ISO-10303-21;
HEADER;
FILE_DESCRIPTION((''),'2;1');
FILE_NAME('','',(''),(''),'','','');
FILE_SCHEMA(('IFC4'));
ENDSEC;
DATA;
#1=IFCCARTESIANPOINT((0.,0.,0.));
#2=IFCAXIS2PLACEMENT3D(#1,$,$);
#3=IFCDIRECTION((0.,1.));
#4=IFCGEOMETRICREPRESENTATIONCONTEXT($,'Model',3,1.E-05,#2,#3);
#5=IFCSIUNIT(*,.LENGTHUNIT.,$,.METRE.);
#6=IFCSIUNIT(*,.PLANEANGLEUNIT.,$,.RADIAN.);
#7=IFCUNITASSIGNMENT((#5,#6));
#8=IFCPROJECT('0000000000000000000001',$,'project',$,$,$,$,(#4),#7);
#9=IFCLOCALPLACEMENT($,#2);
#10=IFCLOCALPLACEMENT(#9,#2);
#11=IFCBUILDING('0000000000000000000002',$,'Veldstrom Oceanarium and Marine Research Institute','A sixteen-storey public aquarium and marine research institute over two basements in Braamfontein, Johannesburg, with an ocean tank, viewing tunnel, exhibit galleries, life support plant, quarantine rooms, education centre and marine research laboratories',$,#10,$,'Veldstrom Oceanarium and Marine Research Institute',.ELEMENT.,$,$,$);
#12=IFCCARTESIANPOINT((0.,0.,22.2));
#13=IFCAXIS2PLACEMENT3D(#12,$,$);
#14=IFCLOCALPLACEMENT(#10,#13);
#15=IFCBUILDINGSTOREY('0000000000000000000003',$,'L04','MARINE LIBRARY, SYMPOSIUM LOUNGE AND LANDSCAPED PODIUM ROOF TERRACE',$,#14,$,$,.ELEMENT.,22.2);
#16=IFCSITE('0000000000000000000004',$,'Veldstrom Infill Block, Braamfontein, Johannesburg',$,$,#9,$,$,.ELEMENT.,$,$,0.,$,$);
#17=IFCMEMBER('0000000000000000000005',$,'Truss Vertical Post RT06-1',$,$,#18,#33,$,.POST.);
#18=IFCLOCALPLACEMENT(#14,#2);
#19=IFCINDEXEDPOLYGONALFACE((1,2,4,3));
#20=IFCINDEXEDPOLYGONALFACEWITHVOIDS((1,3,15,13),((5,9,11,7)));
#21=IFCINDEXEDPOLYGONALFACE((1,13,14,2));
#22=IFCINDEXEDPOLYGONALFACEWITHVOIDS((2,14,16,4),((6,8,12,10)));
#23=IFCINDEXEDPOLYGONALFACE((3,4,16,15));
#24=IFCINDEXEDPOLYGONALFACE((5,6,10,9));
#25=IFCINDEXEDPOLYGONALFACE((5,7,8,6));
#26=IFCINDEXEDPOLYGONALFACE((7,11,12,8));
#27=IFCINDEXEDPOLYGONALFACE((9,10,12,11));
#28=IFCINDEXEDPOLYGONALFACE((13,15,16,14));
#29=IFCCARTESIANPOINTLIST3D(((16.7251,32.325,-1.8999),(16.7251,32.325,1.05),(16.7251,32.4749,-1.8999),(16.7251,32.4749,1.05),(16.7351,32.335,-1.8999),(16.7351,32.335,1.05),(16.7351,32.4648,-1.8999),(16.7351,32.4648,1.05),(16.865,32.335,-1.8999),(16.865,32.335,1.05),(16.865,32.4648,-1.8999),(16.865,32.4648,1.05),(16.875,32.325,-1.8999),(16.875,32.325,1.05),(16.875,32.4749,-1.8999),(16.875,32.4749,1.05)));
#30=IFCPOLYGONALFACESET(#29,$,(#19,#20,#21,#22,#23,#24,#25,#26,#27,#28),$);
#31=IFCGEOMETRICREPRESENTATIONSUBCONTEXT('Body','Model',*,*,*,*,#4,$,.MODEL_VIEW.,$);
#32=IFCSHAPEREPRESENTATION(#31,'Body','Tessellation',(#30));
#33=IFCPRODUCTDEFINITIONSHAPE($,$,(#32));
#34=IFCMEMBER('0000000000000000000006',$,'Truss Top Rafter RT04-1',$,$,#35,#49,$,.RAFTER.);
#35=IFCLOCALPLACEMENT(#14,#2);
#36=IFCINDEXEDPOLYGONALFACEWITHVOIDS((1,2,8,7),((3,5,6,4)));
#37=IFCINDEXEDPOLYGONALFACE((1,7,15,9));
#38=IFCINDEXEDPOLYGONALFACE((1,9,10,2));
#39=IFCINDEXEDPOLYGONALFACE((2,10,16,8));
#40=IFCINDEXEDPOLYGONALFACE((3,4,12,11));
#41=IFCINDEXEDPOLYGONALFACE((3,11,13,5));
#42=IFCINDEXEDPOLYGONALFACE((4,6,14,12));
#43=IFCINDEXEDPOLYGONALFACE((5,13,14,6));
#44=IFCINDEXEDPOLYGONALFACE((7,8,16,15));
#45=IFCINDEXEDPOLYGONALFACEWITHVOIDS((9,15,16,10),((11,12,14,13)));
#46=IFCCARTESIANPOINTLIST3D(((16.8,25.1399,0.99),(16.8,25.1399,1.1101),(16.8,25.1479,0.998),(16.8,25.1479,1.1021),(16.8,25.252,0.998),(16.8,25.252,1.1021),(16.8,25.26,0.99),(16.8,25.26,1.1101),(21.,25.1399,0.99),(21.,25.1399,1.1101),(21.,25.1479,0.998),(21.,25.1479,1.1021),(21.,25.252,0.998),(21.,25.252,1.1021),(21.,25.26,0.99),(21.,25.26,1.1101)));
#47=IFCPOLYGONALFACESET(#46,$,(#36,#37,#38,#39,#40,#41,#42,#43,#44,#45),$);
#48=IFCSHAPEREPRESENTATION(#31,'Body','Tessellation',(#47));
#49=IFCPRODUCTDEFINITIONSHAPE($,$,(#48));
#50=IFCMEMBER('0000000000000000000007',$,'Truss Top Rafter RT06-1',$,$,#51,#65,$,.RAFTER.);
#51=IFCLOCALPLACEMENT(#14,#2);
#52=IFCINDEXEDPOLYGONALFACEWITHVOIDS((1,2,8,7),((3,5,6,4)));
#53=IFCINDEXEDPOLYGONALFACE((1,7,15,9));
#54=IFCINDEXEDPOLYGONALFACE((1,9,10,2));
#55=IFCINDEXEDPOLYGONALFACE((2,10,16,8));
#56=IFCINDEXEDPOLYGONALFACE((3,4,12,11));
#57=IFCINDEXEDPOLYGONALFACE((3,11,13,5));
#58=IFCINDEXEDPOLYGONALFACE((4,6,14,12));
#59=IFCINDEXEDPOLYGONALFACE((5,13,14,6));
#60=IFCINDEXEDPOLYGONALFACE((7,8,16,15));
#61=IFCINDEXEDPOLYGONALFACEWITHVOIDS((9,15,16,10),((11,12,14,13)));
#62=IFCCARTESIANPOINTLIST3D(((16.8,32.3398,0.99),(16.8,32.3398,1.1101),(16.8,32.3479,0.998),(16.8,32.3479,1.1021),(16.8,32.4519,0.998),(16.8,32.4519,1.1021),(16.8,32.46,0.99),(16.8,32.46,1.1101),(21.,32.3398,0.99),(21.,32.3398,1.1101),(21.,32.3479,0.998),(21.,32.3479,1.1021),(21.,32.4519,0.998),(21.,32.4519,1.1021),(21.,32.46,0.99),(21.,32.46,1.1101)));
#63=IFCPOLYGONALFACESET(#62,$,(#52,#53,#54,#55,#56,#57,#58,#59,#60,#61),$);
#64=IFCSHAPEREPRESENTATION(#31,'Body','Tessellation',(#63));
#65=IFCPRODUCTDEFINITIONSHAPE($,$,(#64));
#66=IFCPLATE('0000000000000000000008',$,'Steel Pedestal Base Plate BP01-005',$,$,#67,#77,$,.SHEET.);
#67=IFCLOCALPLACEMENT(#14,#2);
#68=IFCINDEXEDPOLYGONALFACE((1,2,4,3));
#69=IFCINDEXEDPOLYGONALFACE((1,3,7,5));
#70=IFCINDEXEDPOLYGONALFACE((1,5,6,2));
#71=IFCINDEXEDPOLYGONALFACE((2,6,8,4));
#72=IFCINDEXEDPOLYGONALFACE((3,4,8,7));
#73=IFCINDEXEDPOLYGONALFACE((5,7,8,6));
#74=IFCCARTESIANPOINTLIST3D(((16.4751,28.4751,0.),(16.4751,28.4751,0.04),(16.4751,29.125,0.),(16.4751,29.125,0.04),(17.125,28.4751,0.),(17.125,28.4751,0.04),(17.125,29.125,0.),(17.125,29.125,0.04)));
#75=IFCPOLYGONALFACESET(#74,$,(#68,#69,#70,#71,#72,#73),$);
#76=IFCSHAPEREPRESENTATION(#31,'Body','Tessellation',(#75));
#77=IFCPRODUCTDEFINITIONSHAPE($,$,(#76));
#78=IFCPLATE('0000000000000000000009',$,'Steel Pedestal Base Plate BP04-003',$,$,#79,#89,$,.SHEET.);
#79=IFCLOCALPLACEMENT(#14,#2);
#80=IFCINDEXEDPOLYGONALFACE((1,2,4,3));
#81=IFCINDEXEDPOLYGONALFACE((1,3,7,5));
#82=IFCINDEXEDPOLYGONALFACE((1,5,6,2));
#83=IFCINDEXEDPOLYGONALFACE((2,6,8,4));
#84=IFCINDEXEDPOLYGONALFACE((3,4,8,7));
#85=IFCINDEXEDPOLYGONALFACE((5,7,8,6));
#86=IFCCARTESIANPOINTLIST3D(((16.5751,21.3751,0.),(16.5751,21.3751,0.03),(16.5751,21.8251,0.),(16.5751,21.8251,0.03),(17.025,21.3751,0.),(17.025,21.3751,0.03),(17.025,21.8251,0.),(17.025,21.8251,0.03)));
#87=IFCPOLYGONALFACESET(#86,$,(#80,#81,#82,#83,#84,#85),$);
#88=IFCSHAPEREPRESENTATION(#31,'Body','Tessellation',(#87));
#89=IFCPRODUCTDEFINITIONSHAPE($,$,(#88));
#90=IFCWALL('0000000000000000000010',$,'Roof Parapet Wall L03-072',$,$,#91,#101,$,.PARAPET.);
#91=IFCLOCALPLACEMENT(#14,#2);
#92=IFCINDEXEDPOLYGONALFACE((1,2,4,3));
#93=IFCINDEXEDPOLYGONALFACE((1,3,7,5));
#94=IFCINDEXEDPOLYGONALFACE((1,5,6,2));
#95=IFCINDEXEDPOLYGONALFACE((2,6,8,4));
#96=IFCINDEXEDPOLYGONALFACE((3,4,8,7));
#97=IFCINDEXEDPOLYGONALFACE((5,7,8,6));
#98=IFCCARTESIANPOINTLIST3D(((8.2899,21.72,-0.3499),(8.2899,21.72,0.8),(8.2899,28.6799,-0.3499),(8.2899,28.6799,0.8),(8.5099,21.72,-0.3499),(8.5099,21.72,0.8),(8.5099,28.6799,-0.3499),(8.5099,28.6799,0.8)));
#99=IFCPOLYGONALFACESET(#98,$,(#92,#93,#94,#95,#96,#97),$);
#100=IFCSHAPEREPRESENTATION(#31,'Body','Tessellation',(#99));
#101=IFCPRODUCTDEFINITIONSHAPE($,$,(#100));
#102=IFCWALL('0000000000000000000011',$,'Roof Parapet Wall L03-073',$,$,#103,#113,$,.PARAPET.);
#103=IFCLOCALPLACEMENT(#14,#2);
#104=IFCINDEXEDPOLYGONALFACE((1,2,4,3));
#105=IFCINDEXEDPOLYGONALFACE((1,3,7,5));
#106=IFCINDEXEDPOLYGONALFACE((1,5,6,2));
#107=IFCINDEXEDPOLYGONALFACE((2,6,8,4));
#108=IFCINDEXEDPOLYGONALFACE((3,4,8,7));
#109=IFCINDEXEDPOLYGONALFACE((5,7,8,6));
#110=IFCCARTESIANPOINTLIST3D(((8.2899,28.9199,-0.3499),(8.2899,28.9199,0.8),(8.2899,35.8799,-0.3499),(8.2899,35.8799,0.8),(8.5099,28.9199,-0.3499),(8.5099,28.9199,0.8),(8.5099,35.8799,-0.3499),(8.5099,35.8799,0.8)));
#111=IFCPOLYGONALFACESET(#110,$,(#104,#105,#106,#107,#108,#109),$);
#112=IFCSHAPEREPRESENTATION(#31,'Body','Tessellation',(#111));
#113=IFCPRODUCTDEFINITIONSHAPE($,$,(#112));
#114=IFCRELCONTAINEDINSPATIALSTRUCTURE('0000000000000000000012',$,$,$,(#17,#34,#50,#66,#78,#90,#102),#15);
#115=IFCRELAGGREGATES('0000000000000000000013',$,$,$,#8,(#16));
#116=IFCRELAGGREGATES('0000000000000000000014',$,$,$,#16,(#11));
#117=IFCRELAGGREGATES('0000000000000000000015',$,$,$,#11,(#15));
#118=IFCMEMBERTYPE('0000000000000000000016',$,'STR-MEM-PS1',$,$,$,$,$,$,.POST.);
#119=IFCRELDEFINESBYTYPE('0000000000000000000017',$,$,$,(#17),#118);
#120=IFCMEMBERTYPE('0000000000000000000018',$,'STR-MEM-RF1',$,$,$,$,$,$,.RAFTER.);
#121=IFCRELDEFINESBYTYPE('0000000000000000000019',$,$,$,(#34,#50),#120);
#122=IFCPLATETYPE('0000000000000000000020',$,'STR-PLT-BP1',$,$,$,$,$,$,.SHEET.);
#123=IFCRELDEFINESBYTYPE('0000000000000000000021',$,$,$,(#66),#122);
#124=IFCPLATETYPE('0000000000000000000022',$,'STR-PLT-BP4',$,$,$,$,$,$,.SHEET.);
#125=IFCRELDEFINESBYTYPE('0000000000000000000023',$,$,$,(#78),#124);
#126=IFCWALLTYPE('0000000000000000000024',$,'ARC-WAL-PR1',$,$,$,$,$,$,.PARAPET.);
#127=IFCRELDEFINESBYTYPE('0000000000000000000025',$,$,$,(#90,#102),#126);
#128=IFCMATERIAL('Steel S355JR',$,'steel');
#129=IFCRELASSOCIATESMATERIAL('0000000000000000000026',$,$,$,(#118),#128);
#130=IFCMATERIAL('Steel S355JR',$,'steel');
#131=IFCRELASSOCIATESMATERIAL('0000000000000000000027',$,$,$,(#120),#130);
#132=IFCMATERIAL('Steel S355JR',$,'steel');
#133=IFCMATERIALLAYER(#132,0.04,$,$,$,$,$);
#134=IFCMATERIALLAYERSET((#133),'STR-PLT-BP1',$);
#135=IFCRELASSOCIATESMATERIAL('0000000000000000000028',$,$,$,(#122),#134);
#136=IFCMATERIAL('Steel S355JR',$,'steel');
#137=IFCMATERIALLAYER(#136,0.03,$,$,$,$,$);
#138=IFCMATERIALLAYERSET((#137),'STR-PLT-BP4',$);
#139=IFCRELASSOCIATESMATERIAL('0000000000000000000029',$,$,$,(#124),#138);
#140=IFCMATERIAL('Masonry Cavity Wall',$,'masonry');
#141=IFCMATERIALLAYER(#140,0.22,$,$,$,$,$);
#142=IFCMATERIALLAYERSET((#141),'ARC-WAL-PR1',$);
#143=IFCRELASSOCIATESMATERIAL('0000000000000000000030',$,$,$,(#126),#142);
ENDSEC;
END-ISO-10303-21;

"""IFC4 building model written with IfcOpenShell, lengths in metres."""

from ifc_helpers import new_model, si_unit, direction, frame, frame_2d, origin, origin_2d, place, context, subcontext, project, spatial, rectangle, hollow_rectangle, extrude, material, layer, layer_set, material_profile, profile_set, type_object, element, save


model = new_model("IFC4")

# Units and contexts
model_context = context("Model", 3, precision=1e-05, world=origin(), true_north=direction((0.0, 1.0)))
body_context = subcontext(model_context, "Body", "Model", "MODEL_VIEW")
ifc_project = project(units=[si_unit("LENGTHUNIT", "METRE"), si_unit("PLANEANGLEUNIT", "RADIAN")], contexts=[model_context])

# Site, building, storey
site_placement = place(None, origin())
site = spatial("IfcSite", under=ifc_project, at=site_placement, Name="Veldstrom Infill Block, Braamfontein, Johannesburg", CompositionType="ELEMENT", RefElevation=0.0)
building_placement = place(site_placement, origin())
building = spatial("IfcBuilding", under=site, at=building_placement, Name="Veldstrom Oceanarium and Marine Research Institute", Description="A sixteen-storey public aquarium and marine research institute over two basements in Braamfontein, Johannesburg, with an ocean tank, viewing tunnel, exhibit galleries, life support plant, quarantine rooms, education centre and marine research laboratories", LongName="Veldstrom Oceanarium and Marine Research Institute", CompositionType="ELEMENT")
storey_placement = place(building_placement, frame((0.0, 0.0, 22.2)))
storey = spatial("IfcBuildingStorey", under=building, at=storey_placement, Name="L04", Description="MARINE LIBRARY, SYMPOSIUM LOUNGE AND LANDSCAPED PODIUM ROOF TERRACE", CompositionType="ELEMENT", Elevation=22.2)

# Members
ifc_material_1 = material(Name="Steel S355JR", Category="steel")
ifc_material_profile_1 = material_profile(ifc_material_1, hollow_rectangle(XDim=0.1499, YDim=0.1499, WallThickness=0.01, at=origin_2d()), Name="SHS 150x150x10")
ifc_profile_set_1 = profile_set([ifc_material_profile_1], Name="Steel S355JR")
member_type_1 = type_object("IfcMemberType", Name="STR-MEM-PS1", PredefinedType="POST", material=ifc_profile_set_1)
member_1_placement = place(storey_placement, frame((16.8, 32.3999, -1.8999), z_axis=(0.0, 0.0, 1.0), x_axis=(1.0, 0.0, 0.0)))
element("IfcMember", 1, at=member_1_placement, inside=storey, type_object=member_type_1, Name="Truss Vertical Post RT06-1", PredefinedType="POST", context=body_context, shape_type="SweptSolid", body=[
    extrude(hollow_rectangle(XDim=0.1499, YDim=0.1499, WallThickness=0.01, at=origin_2d()), origin(), (0.0, 0.0, 1.0), 2.95),
])
ifc_material_2 = material(Name="Steel S355JR", Category="steel")
ifc_material_profile_2 = material_profile(ifc_material_2, hollow_rectangle(XDim=0.1201, YDim=0.1201, WallThickness=0.0081, at=origin_2d()), Name="SHS 120x120x8")
ifc_profile_set_2 = profile_set([ifc_material_profile_2], Name="Steel S355JR")
member_type_2 = type_object("IfcMemberType", Name="STR-MEM-RF1", PredefinedType="RAFTER", material=ifc_profile_set_2)
for number, where, z_axis, x_axis, name in (
    (2, (16.8, 25.2, 1.05), (1.0, 0.0, 0.0), (0.0, 1.0, 0.0), "Truss Top Rafter RT04-1"),
    (3, (16.8, 32.3999, 1.05), (1.0, 0.0, 0.0), (0.0, 1.0, 0.0), "Truss Top Rafter RT06-1"),
):
    element("IfcMember", number, at=place(storey_placement, frame(where, z_axis=z_axis, x_axis=x_axis)), inside=storey, type_object=member_type_2, Name=name, PredefinedType="RAFTER", context=body_context, shape_type="SweptSolid", body=[
        extrude(hollow_rectangle(XDim=0.1201, YDim=0.1201, WallThickness=0.0081, at=origin_2d()), origin(), (0.0, 0.0, 1.0), 4.2),
    ])

# Plates
ifc_material_3 = material(Name="Steel S355JR", Category="steel")
ifc_layer_1 = layer(ifc_material_3, 0.04)
ifc_layer_set_1 = layer_set([ifc_layer_1], Name="STR-PLT-BP1")
plate_type_1 = type_object("IfcPlateType", Name="STR-PLT-BP1", PredefinedType="SHEET", material=ifc_layer_set_1)
plate_1_placement = place(storey_placement, frame((16.8, 28.8, 0.0), z_axis=(0.0, 0.0, 1.0), x_axis=(1.0, 0.0, 0.0)))
element("IfcPlate", 4, at=plate_1_placement, inside=storey, type_object=plate_type_1, Name="Steel Pedestal Base Plate BP01-005", PredefinedType="SHEET", context=body_context, shape_type="SweptSolid", body=[
    extrude(rectangle(XDim=0.6499, YDim=0.6499, at=origin_2d()), origin(), (0.0, 0.0, 1.0), 0.04),
])
ifc_material_4 = material(Name="Steel S355JR", Category="steel")
ifc_layer_2 = layer(ifc_material_4, 0.03)
ifc_layer_set_2 = layer_set([ifc_layer_2], Name="STR-PLT-BP4")
plate_type_2 = type_object("IfcPlateType", Name="STR-PLT-BP4", PredefinedType="SHEET", material=ifc_layer_set_2)
plate_2_placement = place(storey_placement, frame((16.8, 21.6001, 0.0), z_axis=(0.0, 0.0, 1.0), x_axis=(1.0, 0.0, 0.0)))
element("IfcPlate", 5, at=plate_2_placement, inside=storey, type_object=plate_type_2, Name="Steel Pedestal Base Plate BP04-003", PredefinedType="SHEET", context=body_context, shape_type="SweptSolid", body=[
    extrude(rectangle(XDim=0.45, YDim=0.45, at=origin_2d()), origin(), (0.0, 0.0, 1.0), 0.03),
])

# Walls
ifc_material_5 = material(Name="Masonry Cavity Wall", Category="masonry")
ifc_layer_3 = layer(ifc_material_5, 0.22)
ifc_layer_set_3 = layer_set([ifc_layer_3], Name="ARC-WAL-PR1")
wall_type = type_object("IfcWallType", Name="ARC-WAL-PR1", PredefinedType="PARAPET", material=ifc_layer_set_3)
for number, where, z_axis, x_axis, name in (
    (6, (8.3999, 21.72, -0.3499), (0.0, 0.0, 1.0), (0.0, 1.0, 0.0), "Roof Parapet Wall L03-072"),
    (7, (8.3999, 28.9199, -0.3499), (0.0, 0.0, 1.0), (0.0, 1.0, 0.0), "Roof Parapet Wall L03-073"),
):
    element("IfcWall", number, at=place(storey_placement, frame(where, z_axis=z_axis, x_axis=x_axis)), inside=storey, type_object=wall_type, Name=name, PredefinedType="PARAPET", context=body_context, shape_type="SweptSolid", body=[
        extrude(rectangle(XDim=6.96, YDim=0.22, at=frame_2d((3.48, 0.0))), origin(), (0.0, 0.0, 1.0), 1.1499),
    ])

save(model, "model.ifc")
